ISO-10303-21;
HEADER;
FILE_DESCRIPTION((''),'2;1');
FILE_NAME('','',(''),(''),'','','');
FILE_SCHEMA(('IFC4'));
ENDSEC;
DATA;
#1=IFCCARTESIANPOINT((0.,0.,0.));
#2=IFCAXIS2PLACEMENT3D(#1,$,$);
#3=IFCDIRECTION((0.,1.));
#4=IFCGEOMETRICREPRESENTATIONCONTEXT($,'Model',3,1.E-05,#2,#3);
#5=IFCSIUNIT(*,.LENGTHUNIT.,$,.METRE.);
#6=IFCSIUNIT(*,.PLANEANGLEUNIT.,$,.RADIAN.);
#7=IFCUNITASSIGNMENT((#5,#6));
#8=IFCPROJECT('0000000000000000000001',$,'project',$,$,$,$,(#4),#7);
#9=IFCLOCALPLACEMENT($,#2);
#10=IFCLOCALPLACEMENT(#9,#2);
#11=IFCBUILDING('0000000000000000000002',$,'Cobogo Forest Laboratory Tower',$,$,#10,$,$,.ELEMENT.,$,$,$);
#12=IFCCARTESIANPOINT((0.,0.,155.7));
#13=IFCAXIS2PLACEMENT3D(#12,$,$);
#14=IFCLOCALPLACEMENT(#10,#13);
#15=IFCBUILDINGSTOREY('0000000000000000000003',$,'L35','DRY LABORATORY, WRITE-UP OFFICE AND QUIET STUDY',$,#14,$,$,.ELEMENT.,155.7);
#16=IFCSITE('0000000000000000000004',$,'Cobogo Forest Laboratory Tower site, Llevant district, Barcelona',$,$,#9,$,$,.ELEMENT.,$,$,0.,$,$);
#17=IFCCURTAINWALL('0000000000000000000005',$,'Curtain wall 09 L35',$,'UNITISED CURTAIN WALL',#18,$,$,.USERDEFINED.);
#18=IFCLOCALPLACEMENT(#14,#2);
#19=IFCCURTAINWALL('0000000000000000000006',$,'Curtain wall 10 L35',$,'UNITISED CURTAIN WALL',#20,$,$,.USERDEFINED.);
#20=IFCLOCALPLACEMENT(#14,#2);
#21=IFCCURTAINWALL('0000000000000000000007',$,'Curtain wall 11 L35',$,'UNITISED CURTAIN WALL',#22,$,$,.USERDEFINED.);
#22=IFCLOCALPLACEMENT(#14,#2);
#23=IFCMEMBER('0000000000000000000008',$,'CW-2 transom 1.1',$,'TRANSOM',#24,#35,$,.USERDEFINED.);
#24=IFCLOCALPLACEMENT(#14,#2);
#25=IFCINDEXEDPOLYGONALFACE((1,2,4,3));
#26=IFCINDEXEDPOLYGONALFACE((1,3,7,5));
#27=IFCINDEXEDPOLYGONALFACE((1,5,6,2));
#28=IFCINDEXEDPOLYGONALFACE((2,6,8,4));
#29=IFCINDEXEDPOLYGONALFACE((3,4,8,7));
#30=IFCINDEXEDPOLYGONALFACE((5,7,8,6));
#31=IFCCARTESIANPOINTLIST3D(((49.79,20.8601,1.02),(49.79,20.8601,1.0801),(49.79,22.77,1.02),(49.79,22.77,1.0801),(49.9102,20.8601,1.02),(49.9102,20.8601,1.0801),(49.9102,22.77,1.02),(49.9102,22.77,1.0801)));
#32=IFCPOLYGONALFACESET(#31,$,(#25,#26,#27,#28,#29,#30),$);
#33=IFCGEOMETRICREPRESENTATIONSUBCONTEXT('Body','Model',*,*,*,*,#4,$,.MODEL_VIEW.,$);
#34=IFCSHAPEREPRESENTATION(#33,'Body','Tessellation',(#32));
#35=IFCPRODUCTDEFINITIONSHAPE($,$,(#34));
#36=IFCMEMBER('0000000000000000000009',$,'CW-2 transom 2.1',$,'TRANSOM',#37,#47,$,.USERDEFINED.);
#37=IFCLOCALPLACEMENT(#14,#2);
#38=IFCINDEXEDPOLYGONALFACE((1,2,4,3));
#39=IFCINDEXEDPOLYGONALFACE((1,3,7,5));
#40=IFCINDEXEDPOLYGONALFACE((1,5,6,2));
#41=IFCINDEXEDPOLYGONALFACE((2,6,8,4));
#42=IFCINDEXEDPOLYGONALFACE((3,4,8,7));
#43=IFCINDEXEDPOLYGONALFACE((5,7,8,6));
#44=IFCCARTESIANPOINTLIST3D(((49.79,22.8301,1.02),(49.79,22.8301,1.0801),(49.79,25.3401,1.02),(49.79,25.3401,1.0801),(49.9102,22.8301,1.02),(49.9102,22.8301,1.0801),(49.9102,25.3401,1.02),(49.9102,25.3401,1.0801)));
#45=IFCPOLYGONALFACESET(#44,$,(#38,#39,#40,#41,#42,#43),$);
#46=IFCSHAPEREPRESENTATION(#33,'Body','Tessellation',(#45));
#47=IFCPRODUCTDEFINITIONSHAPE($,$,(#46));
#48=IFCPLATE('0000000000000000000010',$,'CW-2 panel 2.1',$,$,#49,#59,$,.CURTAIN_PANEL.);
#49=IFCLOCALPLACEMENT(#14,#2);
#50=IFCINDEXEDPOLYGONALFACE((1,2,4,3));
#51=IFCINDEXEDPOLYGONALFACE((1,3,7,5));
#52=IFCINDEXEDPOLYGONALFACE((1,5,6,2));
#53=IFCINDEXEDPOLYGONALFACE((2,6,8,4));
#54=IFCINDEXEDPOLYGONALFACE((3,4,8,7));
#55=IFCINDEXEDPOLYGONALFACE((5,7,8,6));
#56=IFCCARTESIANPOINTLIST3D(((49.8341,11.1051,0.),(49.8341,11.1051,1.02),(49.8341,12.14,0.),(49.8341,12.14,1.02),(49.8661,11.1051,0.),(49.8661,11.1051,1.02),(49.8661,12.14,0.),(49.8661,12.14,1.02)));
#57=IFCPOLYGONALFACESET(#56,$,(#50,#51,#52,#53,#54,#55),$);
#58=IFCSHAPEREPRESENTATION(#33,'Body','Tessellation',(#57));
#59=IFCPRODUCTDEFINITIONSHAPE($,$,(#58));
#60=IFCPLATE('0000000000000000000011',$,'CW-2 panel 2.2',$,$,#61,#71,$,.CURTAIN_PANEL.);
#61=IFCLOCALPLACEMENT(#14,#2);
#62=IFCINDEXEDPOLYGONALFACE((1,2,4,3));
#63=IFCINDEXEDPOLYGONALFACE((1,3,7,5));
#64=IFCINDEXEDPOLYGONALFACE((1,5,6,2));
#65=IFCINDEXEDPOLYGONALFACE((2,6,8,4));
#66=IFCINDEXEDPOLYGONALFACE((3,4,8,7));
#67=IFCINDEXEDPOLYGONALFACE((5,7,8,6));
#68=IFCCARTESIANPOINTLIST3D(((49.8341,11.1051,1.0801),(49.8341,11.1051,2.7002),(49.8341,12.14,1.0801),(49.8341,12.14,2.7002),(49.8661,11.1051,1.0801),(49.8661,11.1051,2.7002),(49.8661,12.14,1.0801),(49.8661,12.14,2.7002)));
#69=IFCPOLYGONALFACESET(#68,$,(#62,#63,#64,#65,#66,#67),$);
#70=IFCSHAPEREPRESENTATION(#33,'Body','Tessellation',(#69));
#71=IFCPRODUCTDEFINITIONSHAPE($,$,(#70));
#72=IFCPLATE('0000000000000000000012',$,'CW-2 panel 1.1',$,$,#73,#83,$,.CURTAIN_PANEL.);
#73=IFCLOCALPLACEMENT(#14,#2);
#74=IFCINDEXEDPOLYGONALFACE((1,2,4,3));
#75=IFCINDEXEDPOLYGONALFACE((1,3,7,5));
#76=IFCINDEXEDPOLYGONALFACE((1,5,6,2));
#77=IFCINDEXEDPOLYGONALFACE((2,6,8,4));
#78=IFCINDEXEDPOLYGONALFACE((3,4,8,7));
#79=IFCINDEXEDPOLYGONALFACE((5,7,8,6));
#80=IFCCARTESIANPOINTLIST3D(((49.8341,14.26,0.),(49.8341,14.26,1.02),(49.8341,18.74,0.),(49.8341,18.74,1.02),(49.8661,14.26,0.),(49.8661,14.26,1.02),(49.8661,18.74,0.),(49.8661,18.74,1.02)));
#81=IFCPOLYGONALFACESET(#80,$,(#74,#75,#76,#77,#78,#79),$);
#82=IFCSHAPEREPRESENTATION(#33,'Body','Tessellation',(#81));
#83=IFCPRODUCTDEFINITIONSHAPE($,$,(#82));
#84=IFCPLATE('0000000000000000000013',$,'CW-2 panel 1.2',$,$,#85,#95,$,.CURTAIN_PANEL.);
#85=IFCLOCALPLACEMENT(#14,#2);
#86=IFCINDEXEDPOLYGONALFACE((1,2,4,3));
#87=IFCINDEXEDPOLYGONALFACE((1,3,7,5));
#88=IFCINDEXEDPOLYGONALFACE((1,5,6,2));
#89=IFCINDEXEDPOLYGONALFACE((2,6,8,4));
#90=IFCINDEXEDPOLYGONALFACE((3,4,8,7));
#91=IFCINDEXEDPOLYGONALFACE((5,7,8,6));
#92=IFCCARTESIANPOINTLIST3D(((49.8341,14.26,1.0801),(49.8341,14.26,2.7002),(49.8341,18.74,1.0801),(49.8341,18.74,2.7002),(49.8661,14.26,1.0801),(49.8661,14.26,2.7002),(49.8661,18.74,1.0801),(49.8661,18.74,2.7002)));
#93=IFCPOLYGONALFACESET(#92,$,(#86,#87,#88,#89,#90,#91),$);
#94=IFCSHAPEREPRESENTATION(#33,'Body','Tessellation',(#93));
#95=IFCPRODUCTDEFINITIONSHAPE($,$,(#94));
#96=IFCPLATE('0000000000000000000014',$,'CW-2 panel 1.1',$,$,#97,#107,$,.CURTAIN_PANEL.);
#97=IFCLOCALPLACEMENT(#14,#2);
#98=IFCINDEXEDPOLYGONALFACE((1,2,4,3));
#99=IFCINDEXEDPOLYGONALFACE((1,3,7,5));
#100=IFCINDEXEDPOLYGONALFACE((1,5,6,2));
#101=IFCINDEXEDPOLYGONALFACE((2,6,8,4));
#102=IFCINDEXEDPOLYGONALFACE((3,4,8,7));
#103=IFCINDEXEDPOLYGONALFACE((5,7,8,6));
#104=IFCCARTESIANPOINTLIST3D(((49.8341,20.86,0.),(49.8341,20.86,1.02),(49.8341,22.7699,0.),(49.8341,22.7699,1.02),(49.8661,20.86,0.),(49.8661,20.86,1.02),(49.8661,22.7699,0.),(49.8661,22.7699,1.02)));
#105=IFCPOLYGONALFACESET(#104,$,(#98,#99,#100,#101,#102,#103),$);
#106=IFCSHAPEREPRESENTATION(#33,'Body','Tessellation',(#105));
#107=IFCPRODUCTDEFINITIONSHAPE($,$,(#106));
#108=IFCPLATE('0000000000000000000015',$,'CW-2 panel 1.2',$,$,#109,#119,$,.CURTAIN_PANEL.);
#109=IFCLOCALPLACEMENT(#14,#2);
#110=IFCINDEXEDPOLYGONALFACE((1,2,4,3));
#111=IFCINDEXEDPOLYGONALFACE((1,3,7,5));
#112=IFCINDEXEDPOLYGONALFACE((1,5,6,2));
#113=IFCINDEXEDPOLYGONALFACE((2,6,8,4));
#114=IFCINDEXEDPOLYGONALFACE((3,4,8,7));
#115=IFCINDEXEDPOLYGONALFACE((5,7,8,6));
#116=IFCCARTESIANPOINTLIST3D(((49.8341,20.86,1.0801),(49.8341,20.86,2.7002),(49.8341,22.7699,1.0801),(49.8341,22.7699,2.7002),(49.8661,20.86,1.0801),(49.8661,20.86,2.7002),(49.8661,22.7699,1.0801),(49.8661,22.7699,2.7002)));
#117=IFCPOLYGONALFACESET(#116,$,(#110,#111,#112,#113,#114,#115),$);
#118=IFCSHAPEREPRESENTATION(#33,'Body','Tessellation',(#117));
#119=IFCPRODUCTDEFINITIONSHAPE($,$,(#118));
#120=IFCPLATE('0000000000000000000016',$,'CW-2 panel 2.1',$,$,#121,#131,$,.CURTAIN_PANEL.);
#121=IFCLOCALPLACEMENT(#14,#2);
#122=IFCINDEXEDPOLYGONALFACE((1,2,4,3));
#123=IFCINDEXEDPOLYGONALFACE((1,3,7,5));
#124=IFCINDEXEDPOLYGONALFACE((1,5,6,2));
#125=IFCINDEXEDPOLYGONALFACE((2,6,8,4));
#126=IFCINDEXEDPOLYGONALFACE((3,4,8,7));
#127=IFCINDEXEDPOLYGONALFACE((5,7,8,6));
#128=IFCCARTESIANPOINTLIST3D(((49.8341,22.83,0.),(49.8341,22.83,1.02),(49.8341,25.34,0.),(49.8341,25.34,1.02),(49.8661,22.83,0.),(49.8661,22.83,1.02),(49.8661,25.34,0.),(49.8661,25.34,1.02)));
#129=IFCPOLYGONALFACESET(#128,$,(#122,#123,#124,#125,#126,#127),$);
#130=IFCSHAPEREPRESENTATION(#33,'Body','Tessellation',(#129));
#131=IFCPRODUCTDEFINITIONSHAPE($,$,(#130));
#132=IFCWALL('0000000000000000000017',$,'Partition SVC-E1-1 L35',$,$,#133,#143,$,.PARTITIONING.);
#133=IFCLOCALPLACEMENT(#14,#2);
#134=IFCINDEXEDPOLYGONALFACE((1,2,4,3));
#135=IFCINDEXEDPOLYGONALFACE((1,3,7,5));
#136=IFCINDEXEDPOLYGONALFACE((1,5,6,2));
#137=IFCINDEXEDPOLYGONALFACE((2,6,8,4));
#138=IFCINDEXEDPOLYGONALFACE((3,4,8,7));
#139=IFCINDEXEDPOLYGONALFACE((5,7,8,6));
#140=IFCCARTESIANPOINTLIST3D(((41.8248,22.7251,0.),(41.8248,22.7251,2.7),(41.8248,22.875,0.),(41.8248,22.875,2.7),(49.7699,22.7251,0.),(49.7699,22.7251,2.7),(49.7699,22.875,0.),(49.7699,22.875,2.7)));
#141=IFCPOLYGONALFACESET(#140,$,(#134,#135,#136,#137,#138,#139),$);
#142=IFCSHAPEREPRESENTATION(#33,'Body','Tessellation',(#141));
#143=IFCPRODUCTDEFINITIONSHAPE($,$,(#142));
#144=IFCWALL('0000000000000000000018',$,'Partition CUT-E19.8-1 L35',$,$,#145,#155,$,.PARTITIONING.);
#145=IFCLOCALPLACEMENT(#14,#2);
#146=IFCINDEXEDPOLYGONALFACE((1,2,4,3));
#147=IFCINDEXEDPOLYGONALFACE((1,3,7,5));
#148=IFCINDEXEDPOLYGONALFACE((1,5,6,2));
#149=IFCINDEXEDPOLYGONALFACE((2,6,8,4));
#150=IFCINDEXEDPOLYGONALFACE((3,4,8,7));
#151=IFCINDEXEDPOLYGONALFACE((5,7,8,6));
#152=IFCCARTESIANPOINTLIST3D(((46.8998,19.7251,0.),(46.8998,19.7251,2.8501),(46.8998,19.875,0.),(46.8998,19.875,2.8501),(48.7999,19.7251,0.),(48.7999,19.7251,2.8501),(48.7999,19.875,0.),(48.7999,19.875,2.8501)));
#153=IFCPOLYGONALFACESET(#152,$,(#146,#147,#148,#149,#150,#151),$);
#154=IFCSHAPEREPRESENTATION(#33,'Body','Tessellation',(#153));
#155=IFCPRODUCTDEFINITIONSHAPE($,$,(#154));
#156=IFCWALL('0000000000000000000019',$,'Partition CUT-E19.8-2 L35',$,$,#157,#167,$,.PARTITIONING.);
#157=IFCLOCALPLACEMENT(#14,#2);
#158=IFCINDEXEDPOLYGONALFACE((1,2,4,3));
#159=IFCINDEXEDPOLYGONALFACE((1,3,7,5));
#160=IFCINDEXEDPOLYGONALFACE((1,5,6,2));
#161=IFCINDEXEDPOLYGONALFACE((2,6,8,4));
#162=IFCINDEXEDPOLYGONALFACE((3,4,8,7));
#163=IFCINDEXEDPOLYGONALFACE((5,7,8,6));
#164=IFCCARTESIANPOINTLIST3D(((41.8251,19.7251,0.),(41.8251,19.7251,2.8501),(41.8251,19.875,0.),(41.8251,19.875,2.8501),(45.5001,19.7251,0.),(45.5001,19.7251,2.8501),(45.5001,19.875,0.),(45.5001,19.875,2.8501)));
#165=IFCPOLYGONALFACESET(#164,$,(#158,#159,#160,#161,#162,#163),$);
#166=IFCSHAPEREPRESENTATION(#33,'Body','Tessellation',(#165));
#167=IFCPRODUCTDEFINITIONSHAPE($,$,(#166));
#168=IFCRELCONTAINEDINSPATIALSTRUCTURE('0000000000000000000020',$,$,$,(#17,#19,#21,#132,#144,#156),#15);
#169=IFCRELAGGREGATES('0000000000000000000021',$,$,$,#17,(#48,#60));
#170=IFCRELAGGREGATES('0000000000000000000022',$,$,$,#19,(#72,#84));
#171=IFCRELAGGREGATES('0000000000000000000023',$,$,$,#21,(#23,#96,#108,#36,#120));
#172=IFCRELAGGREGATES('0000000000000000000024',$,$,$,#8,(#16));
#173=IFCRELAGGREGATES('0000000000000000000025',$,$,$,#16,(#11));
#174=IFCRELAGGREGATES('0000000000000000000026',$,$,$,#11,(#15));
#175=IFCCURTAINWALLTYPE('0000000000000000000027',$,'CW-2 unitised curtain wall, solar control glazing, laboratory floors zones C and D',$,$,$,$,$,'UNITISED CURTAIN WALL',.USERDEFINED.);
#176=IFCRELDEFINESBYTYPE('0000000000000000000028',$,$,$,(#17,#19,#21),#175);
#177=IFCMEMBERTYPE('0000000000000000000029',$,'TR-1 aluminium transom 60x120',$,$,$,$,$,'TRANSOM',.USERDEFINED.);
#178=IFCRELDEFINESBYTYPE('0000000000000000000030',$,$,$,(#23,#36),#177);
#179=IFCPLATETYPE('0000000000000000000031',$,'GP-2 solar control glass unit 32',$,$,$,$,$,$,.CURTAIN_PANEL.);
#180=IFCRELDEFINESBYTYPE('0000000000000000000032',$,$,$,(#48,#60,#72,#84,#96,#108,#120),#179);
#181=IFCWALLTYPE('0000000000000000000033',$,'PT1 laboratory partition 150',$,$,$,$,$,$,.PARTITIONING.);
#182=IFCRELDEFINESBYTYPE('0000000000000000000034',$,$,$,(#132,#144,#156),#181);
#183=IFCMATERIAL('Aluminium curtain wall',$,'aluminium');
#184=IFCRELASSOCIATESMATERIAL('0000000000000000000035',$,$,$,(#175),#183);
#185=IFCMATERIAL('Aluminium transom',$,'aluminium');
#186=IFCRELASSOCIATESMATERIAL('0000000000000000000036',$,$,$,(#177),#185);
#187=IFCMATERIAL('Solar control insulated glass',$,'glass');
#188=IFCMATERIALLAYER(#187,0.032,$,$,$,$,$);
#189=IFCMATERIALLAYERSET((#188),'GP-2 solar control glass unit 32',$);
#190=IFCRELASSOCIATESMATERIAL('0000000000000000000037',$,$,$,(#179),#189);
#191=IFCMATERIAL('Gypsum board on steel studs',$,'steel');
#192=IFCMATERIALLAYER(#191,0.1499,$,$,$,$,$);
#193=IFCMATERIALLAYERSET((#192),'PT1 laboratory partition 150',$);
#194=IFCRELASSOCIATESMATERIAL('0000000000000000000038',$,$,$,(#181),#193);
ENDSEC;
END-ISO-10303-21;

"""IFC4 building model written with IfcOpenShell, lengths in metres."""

from ifc_helpers import new_model, si_unit, direction, frame, frame_2d, origin, origin_2d, place, context, subcontext, project, spatial, rectangle, extrude, material, layer, layer_set, material_profile, profile_set, type_object, element, aggregate, save


model = new_model("IFC4")

# Units and contexts
model_context = context("Model", 3, precision=1e-05, world=origin(), true_north=direction((0.0, 1.0)))
body_context = subcontext(model_context, "Body", "Model", "MODEL_VIEW")
ifc_project = project(units=[si_unit("LENGTHUNIT", "METRE"), si_unit("PLANEANGLEUNIT", "RADIAN")], contexts=[model_context])

# Site, building, storey
site_placement = place(None, origin())
site = spatial("IfcSite", under=ifc_project, at=site_placement, Name="Cobogo Forest Laboratory Tower site, Llevant district, Barcelona", CompositionType="ELEMENT", RefElevation=0.0)
building_placement = place(site_placement, origin())
building = spatial("IfcBuilding", under=site, at=building_placement, Name="Cobogo Forest Laboratory Tower", CompositionType="ELEMENT")
storey_placement = place(building_placement, frame((0.0, 0.0, 155.7)))
storey = spatial("IfcBuildingStorey", under=building, at=storey_placement, Name="L35", Description="DRY LABORATORY, WRITE-UP OFFICE AND QUIET STUDY", CompositionType="ELEMENT", Elevation=155.7)

# Curtain walls
ifc_material_1 = material(Name="Aluminium curtain wall", Category="aluminium")
curtain_wall_type = type_object("IfcCurtainWallType", Name="CW-2 unitised curtain wall, solar control glazing, laboratory floors zones C and D", ElementType="UNITISED CURTAIN WALL", PredefinedType="USERDEFINED", material=ifc_material_1)
curtain_wall_1_placement = place(storey_placement, origin())
curtain_wall_1 = element("IfcCurtainWall", 1, at=curtain_wall_1_placement, inside=storey, type_object=curtain_wall_type, Name="Curtain wall 09 L35", ObjectType="UNITISED CURTAIN WALL", PredefinedType="USERDEFINED")
curtain_wall_2_placement = place(storey_placement, origin())
curtain_wall_2 = element("IfcCurtainWall", 2, at=curtain_wall_2_placement, inside=storey, type_object=curtain_wall_type, Name="Curtain wall 10 L35", ObjectType="UNITISED CURTAIN WALL", PredefinedType="USERDEFINED")
curtain_wall_3_placement = place(storey_placement, origin())
curtain_wall_3 = element("IfcCurtainWall", 3, at=curtain_wall_3_placement, inside=storey, type_object=curtain_wall_type, Name="Curtain wall 11 L35", ObjectType="UNITISED CURTAIN WALL", PredefinedType="USERDEFINED")

# Members
ifc_material_2 = material(Name="Aluminium transom", Category="aluminium")
ifc_material_profile_1 = material_profile(ifc_material_2, rectangle(XDim=0.1201, YDim=0.0601, at=origin_2d()), Name="AL 60x120")
ifc_profile_set_1 = profile_set([ifc_material_profile_1], Name="Aluminium transom")
member_type_1 = type_object("IfcMemberType", Name="TR-1 aluminium transom 60x120", ElementType="TRANSOM", PredefinedType="USERDEFINED", material=ifc_profile_set_1)
member_1_placement = place(storey_placement, frame((49.8501, 20.8601, 1.05), z_axis=(0.0, 1.0, 0.0), x_axis=(-1.0, 0.0, 0.0)))
member_1 = element("IfcMember", 4, at=member_1_placement, type_object=member_type_1, Name="CW-2 transom 1.1", ObjectType="TRANSOM", PredefinedType="USERDEFINED", context=body_context, shape_type="SweptSolid", body=[
    extrude(rectangle(XDim=0.1201, YDim=0.0601, at=origin_2d()), origin(), (0.0, 0.0, 1.0), 1.9099),
])
member_2_placement = place(storey_placement, frame((49.8501, 22.8301, 1.05), z_axis=(0.0, 1.0, 0.0), x_axis=(-1.0, 0.0, 0.0)))
member_2 = element("IfcMember", 5, at=member_2_placement, type_object=member_type_1, Name="CW-2 transom 2.1", ObjectType="TRANSOM", PredefinedType="USERDEFINED", context=body_context, shape_type="SweptSolid", body=[
    extrude(rectangle(XDim=0.1201, YDim=0.0601, at=origin_2d()), origin(), (0.0, 0.0, 1.0), 2.51),
])

# Plates
ifc_material_3 = material(Name="Solar control insulated glass", Category="glass")
ifc_layer_1 = layer(ifc_material_3, 0.032)
ifc_layer_set_1 = layer_set([ifc_layer_1], Name="GP-2 solar control glass unit 32")
plate_type_1 = type_object("IfcPlateType", Name="GP-2 solar control glass unit 32", PredefinedType="CURTAIN_PANEL", material=ifc_layer_set_1)
plate_1_placement = place(storey_placement, frame((49.8501, 11.6226, 0.0), z_axis=(0.0, 0.0, 1.0), x_axis=(0.0, 1.0, 0.0)))
plate_1 = element("IfcPlate", 6, at=plate_1_placement, type_object=plate_type_1, Name="CW-2 panel 2.1", PredefinedType="CURTAIN_PANEL", context=body_context, shape_type="SweptSolid", body=[
    extrude(rectangle(XDim=1.0349, YDim=0.032, at=origin_2d()), origin(), (0.0, 0.0, 1.0), 1.02),
])
plate_2_placement = place(storey_placement, frame((49.8501, 11.6226, 1.0801), z_axis=(0.0, 0.0, 1.0), x_axis=(0.0, 1.0, 0.0)))
plate_2 = element("IfcPlate", 7, at=plate_2_placement, type_object=plate_type_1, Name="CW-2 panel 2.2", PredefinedType="CURTAIN_PANEL", context=body_context, shape_type="SweptSolid", body=[
    extrude(rectangle(XDim=1.0349, YDim=0.032, at=origin_2d()), origin(), (0.0, 0.0, 1.0), 1.6201),
])
aggregate(curtain_wall_1, [plate_1, plate_2])
plate_3_placement = place(storey_placement, frame((49.8501, 16.5, 0.0), z_axis=(0.0, 0.0, 1.0), x_axis=(0.0, 1.0, 0.0)))
plate_3 = element("IfcPlate", 8, at=plate_3_placement, type_object=plate_type_1, Name="CW-2 panel 1.1", PredefinedType="CURTAIN_PANEL", context=body_context, shape_type="SweptSolid", body=[
    extrude(rectangle(XDim=4.48, YDim=0.032, at=origin_2d()), origin(), (0.0, 0.0, 1.0), 1.02),
])
plate_4_placement = place(storey_placement, frame((49.8501, 16.5, 1.0801), z_axis=(0.0, 0.0, 1.0), x_axis=(0.0, 1.0, 0.0)))
plate_4 = element("IfcPlate", 9, at=plate_4_placement, type_object=plate_type_1, Name="CW-2 panel 1.2", PredefinedType="CURTAIN_PANEL", context=body_context, shape_type="SweptSolid", body=[
    extrude(rectangle(XDim=4.48, YDim=0.032, at=origin_2d()), origin(), (0.0, 0.0, 1.0), 1.6201),
])
aggregate(curtain_wall_2, [plate_3, plate_4])
plate_5_placement = place(storey_placement, frame((49.8501, 21.8149, 0.0), z_axis=(0.0, 0.0, 1.0), x_axis=(0.0, 1.0, 0.0)))
plate_5 = element("IfcPlate", 10, at=plate_5_placement, type_object=plate_type_1, Name="CW-2 panel 1.1", PredefinedType="CURTAIN_PANEL", context=body_context, shape_type="SweptSolid", body=[
    extrude(rectangle(XDim=1.9099, YDim=0.032, at=origin_2d()), origin(), (0.0, 0.0, 1.0), 1.02),
])
plate_6_placement = place(storey_placement, frame((49.8501, 21.8149, 1.0801), z_axis=(0.0, 0.0, 1.0), x_axis=(0.0, 1.0, 0.0)))
plate_6 = element("IfcPlate", 11, at=plate_6_placement, type_object=plate_type_1, Name="CW-2 panel 1.2", PredefinedType="CURTAIN_PANEL", context=body_context, shape_type="SweptSolid", body=[
    extrude(rectangle(XDim=1.9099, YDim=0.032, at=origin_2d()), origin(), (0.0, 0.0, 1.0), 1.6201),
])
plate_7_placement = place(storey_placement, frame((49.8501, 24.085, 0.0), z_axis=(0.0, 0.0, 1.0), x_axis=(0.0, 1.0, 0.0)))
plate_7 = element("IfcPlate", 12, at=plate_7_placement, type_object=plate_type_1, Name="CW-2 panel 2.1", PredefinedType="CURTAIN_PANEL", context=body_context, shape_type="SweptSolid", body=[
    extrude(rectangle(XDim=2.51, YDim=0.032, at=origin_2d()), origin(), (0.0, 0.0, 1.0), 1.02),
])
aggregate(curtain_wall_3, [member_1, plate_5, plate_6, member_2, plate_7])

# Walls
ifc_material_4 = material(Name="Gypsum board on steel studs", Category="steel")
ifc_layer_2 = layer(ifc_material_4, 0.1499)
ifc_layer_set_2 = layer_set([ifc_layer_2], Name="PT1 laboratory partition 150")
wall_type = type_object("IfcWallType", Name="PT1 laboratory partition 150", PredefinedType="PARTITIONING", material=ifc_layer_set_2)
wall_1_placement = place(storey_placement, frame((49.77, 22.8, 0.0), z_axis=(0.0, 0.0, 1.0), x_axis=(-1.0, 0.0, 0.0)))
element("IfcWall", 13, at=wall_1_placement, inside=storey, type_object=wall_type, Name="Partition SVC-E1-1 L35", PredefinedType="PARTITIONING", context=body_context, shape_type="SweptSolid", body=[
    extrude(rectangle(XDim=7.9451, YDim=0.1499, at=frame_2d((3.9727, 0.0))), origin(), (0.0, 0.0, 1.0), 2.7),
])
wall_2_placement = place(storey_placement, frame((48.8, 19.8, 0.0), z_axis=(0.0, 0.0, 1.0), x_axis=(-1.0, 0.0, 0.0)))
element("IfcWall", 14, at=wall_2_placement, inside=storey, type_object=wall_type, Name="Partition CUT-E19.8-1 L35", PredefinedType="PARTITIONING", context=body_context, shape_type="SweptSolid", body=[
    extrude(rectangle(XDim=1.9001, YDim=0.1499, at=frame_2d((0.9502, 0.0))), origin(), (0.0, 0.0, 1.0), 2.8501),
])
wall_3_placement = place(storey_placement, frame((45.5, 19.8, 0.0), z_axis=(0.0, 0.0, 1.0), x_axis=(-1.0, 0.0, 0.0)))
element("IfcWall", 15, at=wall_3_placement, inside=storey, type_object=wall_type, Name="Partition CUT-E19.8-2 L35", PredefinedType="PARTITIONING", context=body_context, shape_type="SweptSolid", body=[
    extrude(rectangle(XDim=3.675, YDim=0.1499, at=frame_2d((1.8374, 0.0))), origin(), (0.0, 0.0, 1.0), 2.8501),
])

save(model, "model.ifc")
